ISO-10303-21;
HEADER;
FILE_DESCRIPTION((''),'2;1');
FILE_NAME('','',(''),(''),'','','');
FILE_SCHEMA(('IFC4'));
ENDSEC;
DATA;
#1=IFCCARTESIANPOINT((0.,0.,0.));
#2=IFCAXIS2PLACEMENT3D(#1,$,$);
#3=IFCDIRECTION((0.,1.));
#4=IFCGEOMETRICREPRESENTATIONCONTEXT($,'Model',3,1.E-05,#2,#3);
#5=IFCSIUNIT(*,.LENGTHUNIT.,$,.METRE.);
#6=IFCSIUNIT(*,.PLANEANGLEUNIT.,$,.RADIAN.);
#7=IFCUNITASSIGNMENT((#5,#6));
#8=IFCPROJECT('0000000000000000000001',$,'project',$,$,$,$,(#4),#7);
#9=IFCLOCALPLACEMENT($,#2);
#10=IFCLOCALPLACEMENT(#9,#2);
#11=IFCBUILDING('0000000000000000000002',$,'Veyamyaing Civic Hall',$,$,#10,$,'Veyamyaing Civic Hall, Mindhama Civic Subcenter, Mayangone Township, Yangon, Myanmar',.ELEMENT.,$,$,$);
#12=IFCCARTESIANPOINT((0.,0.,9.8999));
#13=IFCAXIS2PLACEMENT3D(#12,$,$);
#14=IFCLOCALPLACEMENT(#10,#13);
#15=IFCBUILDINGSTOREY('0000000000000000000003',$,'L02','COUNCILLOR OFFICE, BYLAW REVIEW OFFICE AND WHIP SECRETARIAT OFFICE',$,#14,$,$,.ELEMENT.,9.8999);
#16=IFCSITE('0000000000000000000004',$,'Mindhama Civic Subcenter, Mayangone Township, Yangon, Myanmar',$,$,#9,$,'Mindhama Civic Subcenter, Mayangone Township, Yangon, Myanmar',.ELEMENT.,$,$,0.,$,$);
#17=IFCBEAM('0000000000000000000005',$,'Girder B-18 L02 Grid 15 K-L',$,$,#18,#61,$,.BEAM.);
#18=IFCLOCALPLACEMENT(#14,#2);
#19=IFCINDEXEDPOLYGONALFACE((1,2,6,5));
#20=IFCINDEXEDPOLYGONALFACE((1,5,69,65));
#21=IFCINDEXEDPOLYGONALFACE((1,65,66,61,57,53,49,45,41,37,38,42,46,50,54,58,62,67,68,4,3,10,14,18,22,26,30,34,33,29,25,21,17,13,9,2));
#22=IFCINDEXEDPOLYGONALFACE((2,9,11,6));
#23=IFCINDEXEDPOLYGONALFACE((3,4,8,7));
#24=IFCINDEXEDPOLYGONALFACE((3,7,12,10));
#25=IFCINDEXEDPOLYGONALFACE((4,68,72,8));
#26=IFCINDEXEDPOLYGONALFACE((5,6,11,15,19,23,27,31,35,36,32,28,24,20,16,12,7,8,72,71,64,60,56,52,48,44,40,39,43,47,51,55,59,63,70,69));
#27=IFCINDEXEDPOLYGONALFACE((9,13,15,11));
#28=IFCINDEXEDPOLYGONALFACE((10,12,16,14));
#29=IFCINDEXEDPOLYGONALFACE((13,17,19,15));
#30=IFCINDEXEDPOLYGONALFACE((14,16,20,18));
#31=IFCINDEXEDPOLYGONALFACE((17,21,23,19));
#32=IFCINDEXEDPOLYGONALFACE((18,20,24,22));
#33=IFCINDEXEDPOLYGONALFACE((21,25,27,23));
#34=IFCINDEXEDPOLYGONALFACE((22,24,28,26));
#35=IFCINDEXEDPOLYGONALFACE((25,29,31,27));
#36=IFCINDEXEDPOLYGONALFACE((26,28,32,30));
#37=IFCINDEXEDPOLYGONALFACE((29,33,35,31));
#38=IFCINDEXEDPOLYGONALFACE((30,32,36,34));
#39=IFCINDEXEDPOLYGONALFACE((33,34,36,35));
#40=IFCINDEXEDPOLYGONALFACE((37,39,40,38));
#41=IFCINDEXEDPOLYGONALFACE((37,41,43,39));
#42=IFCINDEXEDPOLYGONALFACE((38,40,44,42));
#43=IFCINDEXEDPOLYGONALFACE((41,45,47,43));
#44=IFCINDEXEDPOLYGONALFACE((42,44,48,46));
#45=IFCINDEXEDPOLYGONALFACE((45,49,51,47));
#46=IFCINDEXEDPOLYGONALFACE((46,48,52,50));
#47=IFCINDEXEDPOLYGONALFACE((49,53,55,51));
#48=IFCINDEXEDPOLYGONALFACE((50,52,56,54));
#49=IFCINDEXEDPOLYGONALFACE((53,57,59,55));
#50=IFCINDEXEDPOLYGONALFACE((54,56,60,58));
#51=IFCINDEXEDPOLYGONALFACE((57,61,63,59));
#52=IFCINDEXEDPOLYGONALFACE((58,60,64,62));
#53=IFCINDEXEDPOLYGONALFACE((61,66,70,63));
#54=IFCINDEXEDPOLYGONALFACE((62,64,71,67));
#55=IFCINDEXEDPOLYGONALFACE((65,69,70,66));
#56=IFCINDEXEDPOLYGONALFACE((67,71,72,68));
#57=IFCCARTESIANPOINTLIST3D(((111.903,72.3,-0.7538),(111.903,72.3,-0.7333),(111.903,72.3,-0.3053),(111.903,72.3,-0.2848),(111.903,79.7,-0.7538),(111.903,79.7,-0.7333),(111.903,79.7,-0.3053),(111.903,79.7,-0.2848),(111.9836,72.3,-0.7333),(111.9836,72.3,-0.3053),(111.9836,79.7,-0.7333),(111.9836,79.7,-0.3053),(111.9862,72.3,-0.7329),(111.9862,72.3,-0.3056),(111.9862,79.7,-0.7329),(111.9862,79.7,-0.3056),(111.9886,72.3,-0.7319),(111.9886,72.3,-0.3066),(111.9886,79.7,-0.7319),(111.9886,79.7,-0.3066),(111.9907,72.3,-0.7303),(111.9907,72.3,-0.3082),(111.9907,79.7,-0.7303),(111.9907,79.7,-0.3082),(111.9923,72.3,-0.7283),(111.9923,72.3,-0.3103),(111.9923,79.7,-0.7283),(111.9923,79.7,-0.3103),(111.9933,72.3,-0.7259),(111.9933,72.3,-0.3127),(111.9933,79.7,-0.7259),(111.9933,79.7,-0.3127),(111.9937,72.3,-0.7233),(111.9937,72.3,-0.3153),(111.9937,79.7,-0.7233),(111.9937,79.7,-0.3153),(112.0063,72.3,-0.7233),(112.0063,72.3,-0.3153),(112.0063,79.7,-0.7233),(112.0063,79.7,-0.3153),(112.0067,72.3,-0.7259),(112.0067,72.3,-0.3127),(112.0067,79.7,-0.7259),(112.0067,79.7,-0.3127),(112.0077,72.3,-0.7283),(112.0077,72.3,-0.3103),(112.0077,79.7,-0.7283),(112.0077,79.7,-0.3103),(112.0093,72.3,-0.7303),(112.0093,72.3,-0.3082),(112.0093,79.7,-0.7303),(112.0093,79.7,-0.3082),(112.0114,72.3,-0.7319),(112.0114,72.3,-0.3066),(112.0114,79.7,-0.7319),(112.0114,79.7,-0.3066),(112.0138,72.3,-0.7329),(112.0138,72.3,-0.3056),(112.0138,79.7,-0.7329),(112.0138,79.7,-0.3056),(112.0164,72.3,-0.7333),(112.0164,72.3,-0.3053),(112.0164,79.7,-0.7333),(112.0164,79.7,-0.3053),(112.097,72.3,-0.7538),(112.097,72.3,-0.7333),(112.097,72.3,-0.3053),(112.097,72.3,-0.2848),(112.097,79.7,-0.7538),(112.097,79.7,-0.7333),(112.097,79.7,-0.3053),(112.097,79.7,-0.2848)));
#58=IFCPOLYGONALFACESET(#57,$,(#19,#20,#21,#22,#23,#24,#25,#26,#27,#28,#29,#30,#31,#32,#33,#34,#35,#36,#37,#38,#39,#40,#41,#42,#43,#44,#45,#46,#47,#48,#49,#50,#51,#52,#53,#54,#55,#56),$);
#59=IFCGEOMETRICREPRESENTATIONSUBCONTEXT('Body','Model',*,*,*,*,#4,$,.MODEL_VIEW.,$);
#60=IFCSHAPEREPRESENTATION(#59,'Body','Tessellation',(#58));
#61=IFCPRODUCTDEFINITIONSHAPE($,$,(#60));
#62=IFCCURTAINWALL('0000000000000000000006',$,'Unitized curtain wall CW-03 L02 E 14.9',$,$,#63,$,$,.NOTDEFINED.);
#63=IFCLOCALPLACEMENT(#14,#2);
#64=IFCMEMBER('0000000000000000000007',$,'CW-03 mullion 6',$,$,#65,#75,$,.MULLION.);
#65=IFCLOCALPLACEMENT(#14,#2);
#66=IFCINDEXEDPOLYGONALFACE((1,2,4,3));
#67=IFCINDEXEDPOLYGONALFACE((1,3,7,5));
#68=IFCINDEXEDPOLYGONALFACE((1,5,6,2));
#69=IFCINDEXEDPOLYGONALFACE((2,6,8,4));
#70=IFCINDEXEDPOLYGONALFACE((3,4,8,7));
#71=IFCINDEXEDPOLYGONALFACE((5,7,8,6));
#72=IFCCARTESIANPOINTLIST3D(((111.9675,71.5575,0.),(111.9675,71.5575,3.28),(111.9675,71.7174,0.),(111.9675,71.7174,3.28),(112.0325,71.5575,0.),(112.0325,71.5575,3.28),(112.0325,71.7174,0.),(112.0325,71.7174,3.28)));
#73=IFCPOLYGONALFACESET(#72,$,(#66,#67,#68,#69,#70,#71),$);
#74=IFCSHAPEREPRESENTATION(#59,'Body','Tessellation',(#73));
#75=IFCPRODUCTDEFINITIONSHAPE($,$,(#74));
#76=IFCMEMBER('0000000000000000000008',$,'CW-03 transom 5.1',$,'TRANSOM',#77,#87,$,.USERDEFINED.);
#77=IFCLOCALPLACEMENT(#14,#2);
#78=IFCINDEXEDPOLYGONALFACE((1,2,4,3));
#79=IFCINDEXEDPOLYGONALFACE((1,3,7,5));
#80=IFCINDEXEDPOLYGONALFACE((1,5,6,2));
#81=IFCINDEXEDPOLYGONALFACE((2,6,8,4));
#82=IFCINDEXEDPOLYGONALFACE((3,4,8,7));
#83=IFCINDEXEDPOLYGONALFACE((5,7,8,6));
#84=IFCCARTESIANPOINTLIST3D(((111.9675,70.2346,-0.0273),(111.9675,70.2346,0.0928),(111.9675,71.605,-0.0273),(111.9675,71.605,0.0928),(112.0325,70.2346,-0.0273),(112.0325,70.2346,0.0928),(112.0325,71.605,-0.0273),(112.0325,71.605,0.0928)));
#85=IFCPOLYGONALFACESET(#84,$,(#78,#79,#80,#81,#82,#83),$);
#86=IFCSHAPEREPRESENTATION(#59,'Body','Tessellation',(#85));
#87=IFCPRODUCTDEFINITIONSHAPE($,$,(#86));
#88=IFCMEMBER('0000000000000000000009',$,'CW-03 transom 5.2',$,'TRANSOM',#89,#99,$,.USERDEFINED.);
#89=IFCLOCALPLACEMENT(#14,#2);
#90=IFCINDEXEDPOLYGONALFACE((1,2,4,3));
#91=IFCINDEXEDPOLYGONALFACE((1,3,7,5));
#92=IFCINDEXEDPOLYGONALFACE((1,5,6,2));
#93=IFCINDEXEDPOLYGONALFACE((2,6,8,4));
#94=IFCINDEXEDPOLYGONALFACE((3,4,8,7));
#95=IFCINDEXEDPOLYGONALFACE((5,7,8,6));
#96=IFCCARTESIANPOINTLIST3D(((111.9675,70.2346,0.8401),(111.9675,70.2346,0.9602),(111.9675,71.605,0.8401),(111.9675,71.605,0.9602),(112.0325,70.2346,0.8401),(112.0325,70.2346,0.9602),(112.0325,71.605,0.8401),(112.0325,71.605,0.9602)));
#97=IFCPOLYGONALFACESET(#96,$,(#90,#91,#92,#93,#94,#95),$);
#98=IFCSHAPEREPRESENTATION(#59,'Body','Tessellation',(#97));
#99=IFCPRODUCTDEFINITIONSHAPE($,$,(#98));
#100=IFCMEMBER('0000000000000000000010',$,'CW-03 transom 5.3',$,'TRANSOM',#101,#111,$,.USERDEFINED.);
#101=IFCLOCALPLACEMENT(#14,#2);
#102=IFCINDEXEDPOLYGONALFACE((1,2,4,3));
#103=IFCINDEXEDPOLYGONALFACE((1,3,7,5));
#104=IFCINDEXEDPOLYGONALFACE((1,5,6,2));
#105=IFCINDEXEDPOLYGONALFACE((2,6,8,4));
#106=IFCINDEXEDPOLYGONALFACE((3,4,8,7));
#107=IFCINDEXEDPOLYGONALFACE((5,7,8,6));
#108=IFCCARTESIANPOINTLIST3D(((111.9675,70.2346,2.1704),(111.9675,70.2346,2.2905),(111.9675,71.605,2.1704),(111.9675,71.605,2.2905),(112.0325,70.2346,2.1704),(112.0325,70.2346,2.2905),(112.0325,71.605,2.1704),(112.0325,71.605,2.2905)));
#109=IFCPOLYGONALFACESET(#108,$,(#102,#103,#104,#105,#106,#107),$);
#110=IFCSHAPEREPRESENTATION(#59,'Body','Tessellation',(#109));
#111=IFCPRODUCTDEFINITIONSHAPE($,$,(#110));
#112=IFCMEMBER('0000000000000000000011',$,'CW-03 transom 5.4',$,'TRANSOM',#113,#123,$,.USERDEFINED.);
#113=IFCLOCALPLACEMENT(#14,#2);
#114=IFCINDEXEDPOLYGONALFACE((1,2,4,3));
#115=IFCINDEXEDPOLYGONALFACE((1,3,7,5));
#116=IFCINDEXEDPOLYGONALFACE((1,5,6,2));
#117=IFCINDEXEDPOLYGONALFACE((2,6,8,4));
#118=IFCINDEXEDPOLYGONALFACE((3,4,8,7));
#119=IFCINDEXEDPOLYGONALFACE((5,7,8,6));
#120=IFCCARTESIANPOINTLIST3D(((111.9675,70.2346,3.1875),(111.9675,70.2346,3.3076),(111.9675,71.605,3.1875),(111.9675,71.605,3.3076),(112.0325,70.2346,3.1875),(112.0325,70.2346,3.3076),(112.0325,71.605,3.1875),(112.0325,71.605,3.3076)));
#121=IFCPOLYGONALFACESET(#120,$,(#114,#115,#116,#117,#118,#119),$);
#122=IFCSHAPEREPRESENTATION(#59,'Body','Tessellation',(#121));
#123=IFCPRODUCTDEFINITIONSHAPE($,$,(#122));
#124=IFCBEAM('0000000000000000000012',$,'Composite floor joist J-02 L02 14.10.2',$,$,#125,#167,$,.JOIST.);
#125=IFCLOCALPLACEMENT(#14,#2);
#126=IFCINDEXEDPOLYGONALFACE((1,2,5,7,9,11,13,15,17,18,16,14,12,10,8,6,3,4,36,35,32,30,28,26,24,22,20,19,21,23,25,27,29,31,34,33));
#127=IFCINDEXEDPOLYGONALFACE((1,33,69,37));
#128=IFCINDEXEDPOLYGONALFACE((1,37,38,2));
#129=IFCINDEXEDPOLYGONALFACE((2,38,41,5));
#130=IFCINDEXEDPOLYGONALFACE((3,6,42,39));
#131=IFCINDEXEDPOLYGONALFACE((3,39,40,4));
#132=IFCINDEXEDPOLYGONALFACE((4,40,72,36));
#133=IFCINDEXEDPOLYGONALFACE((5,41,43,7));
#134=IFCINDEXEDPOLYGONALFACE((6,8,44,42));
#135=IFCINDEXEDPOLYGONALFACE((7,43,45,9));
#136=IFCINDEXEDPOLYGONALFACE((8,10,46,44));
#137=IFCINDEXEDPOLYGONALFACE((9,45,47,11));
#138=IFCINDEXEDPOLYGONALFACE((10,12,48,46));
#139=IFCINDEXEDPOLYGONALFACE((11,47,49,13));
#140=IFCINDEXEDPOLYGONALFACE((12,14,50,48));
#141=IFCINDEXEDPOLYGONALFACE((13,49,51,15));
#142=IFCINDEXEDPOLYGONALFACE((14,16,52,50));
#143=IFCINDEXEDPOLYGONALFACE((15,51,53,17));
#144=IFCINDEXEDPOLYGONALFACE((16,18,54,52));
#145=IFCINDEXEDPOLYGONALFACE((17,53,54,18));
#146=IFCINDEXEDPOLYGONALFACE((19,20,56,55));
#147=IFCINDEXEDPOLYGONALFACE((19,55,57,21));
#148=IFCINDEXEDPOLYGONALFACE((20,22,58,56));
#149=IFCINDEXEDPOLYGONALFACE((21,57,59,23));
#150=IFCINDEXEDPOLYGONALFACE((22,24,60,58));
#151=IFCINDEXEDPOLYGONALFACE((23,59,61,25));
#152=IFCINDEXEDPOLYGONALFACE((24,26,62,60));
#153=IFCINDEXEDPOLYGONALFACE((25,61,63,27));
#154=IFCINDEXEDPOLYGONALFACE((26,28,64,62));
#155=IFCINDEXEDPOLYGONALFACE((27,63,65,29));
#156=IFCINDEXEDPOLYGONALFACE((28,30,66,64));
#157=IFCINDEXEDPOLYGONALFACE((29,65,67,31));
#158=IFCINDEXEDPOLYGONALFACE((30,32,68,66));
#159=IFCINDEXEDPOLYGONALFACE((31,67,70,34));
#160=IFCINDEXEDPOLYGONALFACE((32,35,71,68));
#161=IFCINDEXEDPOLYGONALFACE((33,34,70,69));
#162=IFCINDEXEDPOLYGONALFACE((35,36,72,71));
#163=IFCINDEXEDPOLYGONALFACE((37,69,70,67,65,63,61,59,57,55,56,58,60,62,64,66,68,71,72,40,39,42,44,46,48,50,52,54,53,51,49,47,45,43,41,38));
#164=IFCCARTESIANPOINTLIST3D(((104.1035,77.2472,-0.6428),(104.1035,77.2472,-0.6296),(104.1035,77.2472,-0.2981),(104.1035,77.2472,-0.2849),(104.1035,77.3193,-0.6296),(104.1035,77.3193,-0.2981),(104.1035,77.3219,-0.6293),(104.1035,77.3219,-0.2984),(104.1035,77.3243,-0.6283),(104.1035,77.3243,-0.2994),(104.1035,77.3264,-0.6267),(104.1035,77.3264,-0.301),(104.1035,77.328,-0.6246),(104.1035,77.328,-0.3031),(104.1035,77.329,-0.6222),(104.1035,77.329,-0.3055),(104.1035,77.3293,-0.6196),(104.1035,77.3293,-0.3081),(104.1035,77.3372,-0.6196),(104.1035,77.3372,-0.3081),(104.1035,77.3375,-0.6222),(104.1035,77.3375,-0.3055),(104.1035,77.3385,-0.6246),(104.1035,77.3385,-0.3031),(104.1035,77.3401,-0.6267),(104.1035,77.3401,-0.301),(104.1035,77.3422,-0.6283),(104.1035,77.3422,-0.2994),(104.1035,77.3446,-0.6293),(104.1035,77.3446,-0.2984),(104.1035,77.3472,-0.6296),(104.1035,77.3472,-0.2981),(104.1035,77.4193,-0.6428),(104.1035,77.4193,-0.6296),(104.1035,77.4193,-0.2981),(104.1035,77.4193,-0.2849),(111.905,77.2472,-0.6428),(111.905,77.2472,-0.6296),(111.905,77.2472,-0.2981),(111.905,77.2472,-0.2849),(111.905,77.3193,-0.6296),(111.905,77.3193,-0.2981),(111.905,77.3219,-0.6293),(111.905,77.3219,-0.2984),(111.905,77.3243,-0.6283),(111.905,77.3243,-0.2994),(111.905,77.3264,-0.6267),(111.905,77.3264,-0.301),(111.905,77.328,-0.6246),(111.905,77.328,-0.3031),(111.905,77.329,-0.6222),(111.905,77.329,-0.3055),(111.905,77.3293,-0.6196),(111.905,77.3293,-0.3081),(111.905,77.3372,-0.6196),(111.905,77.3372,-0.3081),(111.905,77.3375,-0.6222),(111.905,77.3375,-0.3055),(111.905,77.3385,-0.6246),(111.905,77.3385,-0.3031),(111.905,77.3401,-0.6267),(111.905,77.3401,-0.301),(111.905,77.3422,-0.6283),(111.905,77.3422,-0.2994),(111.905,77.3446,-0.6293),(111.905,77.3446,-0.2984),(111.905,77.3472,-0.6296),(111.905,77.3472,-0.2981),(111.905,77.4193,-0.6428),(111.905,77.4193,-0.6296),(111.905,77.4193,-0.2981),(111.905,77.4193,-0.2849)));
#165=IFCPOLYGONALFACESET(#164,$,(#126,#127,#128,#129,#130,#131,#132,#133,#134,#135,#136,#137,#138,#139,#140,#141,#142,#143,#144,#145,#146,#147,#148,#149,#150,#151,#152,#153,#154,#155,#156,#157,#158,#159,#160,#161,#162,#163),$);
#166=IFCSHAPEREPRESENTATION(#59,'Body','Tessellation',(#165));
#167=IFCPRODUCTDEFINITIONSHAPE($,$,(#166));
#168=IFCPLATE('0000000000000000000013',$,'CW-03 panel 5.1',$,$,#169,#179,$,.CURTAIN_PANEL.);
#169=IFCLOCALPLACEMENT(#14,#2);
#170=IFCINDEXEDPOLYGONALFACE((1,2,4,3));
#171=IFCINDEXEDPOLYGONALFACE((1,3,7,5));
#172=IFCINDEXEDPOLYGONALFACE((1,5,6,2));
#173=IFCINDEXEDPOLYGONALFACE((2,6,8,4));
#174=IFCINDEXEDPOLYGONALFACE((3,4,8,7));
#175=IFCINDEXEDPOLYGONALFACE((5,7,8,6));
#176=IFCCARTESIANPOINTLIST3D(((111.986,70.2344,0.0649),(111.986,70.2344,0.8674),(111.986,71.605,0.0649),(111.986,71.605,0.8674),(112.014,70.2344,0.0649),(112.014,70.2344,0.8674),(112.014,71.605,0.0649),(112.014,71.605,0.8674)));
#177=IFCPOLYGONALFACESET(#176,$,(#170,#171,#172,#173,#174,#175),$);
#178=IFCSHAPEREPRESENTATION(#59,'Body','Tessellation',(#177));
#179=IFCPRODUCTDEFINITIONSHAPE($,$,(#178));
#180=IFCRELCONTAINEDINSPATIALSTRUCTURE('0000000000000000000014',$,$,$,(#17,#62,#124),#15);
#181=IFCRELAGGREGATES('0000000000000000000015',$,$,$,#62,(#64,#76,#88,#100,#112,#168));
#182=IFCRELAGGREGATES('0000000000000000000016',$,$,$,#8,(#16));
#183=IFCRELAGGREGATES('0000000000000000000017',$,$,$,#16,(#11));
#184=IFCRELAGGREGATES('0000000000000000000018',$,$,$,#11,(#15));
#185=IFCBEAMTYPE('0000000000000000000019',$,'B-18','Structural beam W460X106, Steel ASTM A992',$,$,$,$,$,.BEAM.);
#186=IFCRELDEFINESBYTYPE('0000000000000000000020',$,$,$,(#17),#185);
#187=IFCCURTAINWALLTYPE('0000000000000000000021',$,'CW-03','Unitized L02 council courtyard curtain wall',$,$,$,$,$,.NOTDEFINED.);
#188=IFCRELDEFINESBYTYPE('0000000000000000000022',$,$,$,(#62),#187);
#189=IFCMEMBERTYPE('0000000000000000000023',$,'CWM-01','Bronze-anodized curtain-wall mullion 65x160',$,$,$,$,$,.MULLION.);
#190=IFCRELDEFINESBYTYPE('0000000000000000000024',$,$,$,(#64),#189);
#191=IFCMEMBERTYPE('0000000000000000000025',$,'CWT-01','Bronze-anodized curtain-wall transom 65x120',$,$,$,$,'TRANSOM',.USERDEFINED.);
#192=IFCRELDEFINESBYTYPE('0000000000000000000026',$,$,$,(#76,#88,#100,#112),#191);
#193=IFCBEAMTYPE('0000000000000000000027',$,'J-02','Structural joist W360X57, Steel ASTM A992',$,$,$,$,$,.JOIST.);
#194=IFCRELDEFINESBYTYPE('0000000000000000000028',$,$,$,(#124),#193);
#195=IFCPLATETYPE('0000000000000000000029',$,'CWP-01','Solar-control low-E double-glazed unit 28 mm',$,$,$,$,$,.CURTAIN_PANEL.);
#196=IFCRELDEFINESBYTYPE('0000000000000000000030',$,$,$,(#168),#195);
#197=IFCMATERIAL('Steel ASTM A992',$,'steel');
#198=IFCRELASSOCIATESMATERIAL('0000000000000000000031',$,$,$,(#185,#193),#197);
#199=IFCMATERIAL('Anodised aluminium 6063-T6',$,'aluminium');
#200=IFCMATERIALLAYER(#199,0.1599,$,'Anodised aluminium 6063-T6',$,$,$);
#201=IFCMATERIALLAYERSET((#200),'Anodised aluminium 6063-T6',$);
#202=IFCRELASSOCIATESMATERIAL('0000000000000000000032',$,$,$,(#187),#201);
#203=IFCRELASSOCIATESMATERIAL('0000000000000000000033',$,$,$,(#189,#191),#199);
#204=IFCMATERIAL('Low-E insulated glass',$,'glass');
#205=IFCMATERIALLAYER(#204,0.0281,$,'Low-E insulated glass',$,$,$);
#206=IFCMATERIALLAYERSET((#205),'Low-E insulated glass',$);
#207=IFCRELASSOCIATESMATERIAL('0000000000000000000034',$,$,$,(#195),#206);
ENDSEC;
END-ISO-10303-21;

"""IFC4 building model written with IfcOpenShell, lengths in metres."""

from ifc_helpers import new_model, si_unit, direction, frame, origin, origin_2d, place, context, subcontext, project, spatial, rectangle, i_section, extrude, material, layer, layer_set, material_profile, profile_set, type_object, element, aggregate, save


model = new_model("IFC4")

# Units and contexts
model_context = context("Model", 3, precision=1e-05, world=origin(), true_north=direction((0.0, 1.0)))
body_context = subcontext(model_context, "Body", "Model", "MODEL_VIEW")
ifc_project = project(units=[si_unit("LENGTHUNIT", "METRE"), si_unit("PLANEANGLEUNIT", "RADIAN")], contexts=[model_context])

# Site, building, storey
site_placement = place(None, origin())
site = spatial("IfcSite", under=ifc_project, at=site_placement, Name="Mindhama Civic Subcenter, Mayangone Township, Yangon, Myanmar", LongName="Mindhama Civic Subcenter, Mayangone Township, Yangon, Myanmar", CompositionType="ELEMENT", RefElevation=0.0)
building_placement = place(site_placement, origin())
building = spatial("IfcBuilding", under=site, at=building_placement, Name="Veyamyaing Civic Hall", LongName="Veyamyaing Civic Hall, Mindhama Civic Subcenter, Mayangone Township, Yangon, Myanmar", CompositionType="ELEMENT")
storey_placement = place(building_placement, frame((0.0, 0.0, 9.8999)))
storey = spatial("IfcBuildingStorey", under=building, at=storey_placement, Name="L02", Description="COUNCILLOR OFFICE, BYLAW REVIEW OFFICE AND WHIP SECRETARIAT OFFICE", CompositionType="ELEMENT", Elevation=9.8999)

# Beam
ifc_material_1 = material(Name="Steel ASTM A992", Category="steel")
ifc_material_profile_1 = material_profile(ifc_material_1, i_section(OverallWidth=0.1941, OverallDepth=0.469, WebThickness=0.0127, FlangeThickness=0.0205, FilletRadius=0.01, at=origin_2d()), Name="W460X106")
ifc_profile_set_1 = profile_set([ifc_material_profile_1], Name="Steel ASTM A992")
beam_type_1 = type_object("IfcBeamType", Name="B-18", Description="Structural beam W460X106, Steel ASTM A992", PredefinedType="BEAM", material=ifc_profile_set_1)
beam_1_placement = place(storey_placement, frame((112.0, 72.3, -0.5193), z_axis=(0.0, 1.0, 0.0), x_axis=(-1.0, 0.0, 0.0)))
element("IfcBeam", 1, at=beam_1_placement, inside=storey, type_object=beam_type_1, Name="Girder B-18 L02 Grid 15 K-L", PredefinedType="BEAM", context=body_context, shape_type="SweptSolid", body=[
    extrude(i_section(OverallWidth=0.1941, OverallDepth=0.469, WebThickness=0.0127, FlangeThickness=0.0205, FilletRadius=0.01, at=origin_2d()), origin(), (0.0, 0.0, 1.0), 7.3999),
])

# Curtain wall, members
ifc_material_2 = material(Name="Anodised aluminium 6063-T6", Category="aluminium")
ifc_layer_1 = layer(ifc_material_2, 0.1599, Name="Anodised aluminium 6063-T6")
ifc_layer_set_1 = layer_set([ifc_layer_1], Name="Anodised aluminium 6063-T6")
curtain_wall_type = type_object("IfcCurtainWallType", Name="CW-03", Description="Unitized L02 council courtyard curtain wall", PredefinedType="NOTDEFINED", material=ifc_layer_set_1)
curtain_wall_placement = place(storey_placement, origin())
curtain_wall = element("IfcCurtainWall", 2, at=curtain_wall_placement, inside=storey, type_object=curtain_wall_type, Name="Unitized curtain wall CW-03 L02 E 14.9", PredefinedType="NOTDEFINED")
ifc_material_profile_2 = material_profile(ifc_material_2, rectangle(XDim=0.0649, YDim=0.1599, at=origin_2d()), Name="ALU-MUL-65X160")
ifc_profile_set_2 = profile_set([ifc_material_profile_2], Name="Anodised aluminium 6063-T6")
member_type_1 = type_object("IfcMemberType", Name="CWM-01", Description="Bronze-anodized curtain-wall mullion 65x160", PredefinedType="MULLION", material=ifc_profile_set_2)
member_1_placement = place(storey_placement, frame((112.0, 71.6375, 0.0), z_axis=(0.0, 0.0, 1.0), x_axis=(-1.0, 0.0, 0.0)))
member_1 = element("IfcMember", 3, at=member_1_placement, type_object=member_type_1, Name="CW-03 mullion 6", PredefinedType="MULLION", context=body_context, shape_type="SweptSolid", body=[
    extrude(rectangle(XDim=0.0649, YDim=0.1599, at=origin_2d()), origin(), (0.0, 0.0, 1.0), 3.28),
])
ifc_material_profile_3 = material_profile(ifc_material_2, rectangle(XDim=0.0649, YDim=0.1201, at=origin_2d()), Name="ALU-TRN-65X120")
ifc_profile_set_3 = profile_set([ifc_material_profile_3], Name="Anodised aluminium 6063-T6")
member_type_2 = type_object("IfcMemberType", Name="CWT-01", Description="Bronze-anodized curtain-wall transom 65x120", ElementType="TRANSOM", PredefinedType="USERDEFINED", material=ifc_profile_set_3)
member_2_placement = place(storey_placement, frame((112.0, 70.2346, 0.0327), z_axis=(0.0, 1.0, 0.0), x_axis=(-1.0, 0.0, 0.0)))
member_2 = element("IfcMember", 4, at=member_2_placement, type_object=member_type_2, Name="CW-03 transom 5.1", ObjectType="TRANSOM", PredefinedType="USERDEFINED", context=body_context, shape_type="SweptSolid", body=[
    extrude(rectangle(XDim=0.0649, YDim=0.1201, at=origin_2d()), origin(), (0.0, 0.0, 1.0), 1.3704),
])
member_3_placement = place(storey_placement, frame((112.0, 70.2346, 0.9001), z_axis=(0.0, 1.0, 0.0), x_axis=(-1.0, 0.0, 0.0)))
member_3 = element("IfcMember", 5, at=member_3_placement, type_object=member_type_2, Name="CW-03 transom 5.2", ObjectType="TRANSOM", PredefinedType="USERDEFINED", context=body_context, shape_type="SweptSolid", body=[
    extrude(rectangle(XDim=0.0649, YDim=0.1201, at=origin_2d()), origin(), (0.0, 0.0, 1.0), 1.3704),
])
member_4_placement = place(storey_placement, frame((112.0, 70.2346, 2.2305), z_axis=(0.0, 1.0, 0.0), x_axis=(-1.0, 0.0, 0.0)))
member_4 = element("IfcMember", 6, at=member_4_placement, type_object=member_type_2, Name="CW-03 transom 5.3", ObjectType="TRANSOM", PredefinedType="USERDEFINED", context=body_context, shape_type="SweptSolid", body=[
    extrude(rectangle(XDim=0.0649, YDim=0.1201, at=origin_2d()), origin(), (0.0, 0.0, 1.0), 1.3704),
])
member_5_placement = place(storey_placement, frame((112.0, 70.2346, 3.2476), z_axis=(0.0, 1.0, 0.0), x_axis=(-1.0, 0.0, 0.0)))
member_5 = element("IfcMember", 7, at=member_5_placement, type_object=member_type_2, Name="CW-03 transom 5.4", ObjectType="TRANSOM", PredefinedType="USERDEFINED", context=body_context, shape_type="SweptSolid", body=[
    extrude(rectangle(XDim=0.0649, YDim=0.1201, at=origin_2d()), origin(), (0.0, 0.0, 1.0), 1.3704),
])

# Beam
ifc_material_profile_4 = material_profile(ifc_material_1, i_section(OverallWidth=0.1721, OverallDepth=0.3579, WebThickness=0.0078, FlangeThickness=0.0132, FilletRadius=0.01, at=origin_2d()), Name="W360X57")
ifc_profile_set_4 = profile_set([ifc_material_profile_4], Name="Steel ASTM A992")
beam_type_2 = type_object("IfcBeamType", Name="J-02", Description="Structural joist W360X57, Steel ASTM A992", PredefinedType="JOIST", material=ifc_profile_set_4)
beam_2_placement = place(storey_placement, frame((104.1035, 77.3333, -0.4639), z_axis=(1.0, 0.0, 0.0), x_axis=(0.0, 1.0, 0.0)))
element("IfcBeam", 8, at=beam_2_placement, inside=storey, type_object=beam_type_2, Name="Composite floor joist J-02 L02 14.10.2", PredefinedType="JOIST", context=body_context, shape_type="SweptSolid", body=[
    extrude(i_section(OverallWidth=0.1721, OverallDepth=0.3579, WebThickness=0.0078, FlangeThickness=0.0132, FilletRadius=0.01, at=origin_2d()), origin(), (0.0, 0.0, 1.0), 7.8015),
])

# Plate
ifc_material_3 = material(Name="Low-E insulated glass", Category="glass")
ifc_layer_2 = layer(ifc_material_3, 0.0281, Name="Low-E insulated glass")
ifc_layer_set_2 = layer_set([ifc_layer_2], Name="Low-E insulated glass")
plate_type = type_object("IfcPlateType", Name="CWP-01", Description="Solar-control low-E double-glazed unit 28 mm", PredefinedType="CURTAIN_PANEL", material=ifc_layer_set_2)
plate_1_placement = place(storey_placement, frame((112.0, 70.9197, 0.0649), z_axis=(0.0, 0.0, 1.0), x_axis=(0.0, 1.0, 0.0)))
plate_1 = element("IfcPlate", 9, at=plate_1_placement, type_object=plate_type, Name="CW-03 panel 5.1", PredefinedType="CURTAIN_PANEL", context=body_context, shape_type="SweptSolid", body=[
    extrude(rectangle(XDim=1.3706, YDim=0.0281, at=origin_2d()), origin(), (0.0, 0.0, 1.0), 0.8025),
])
aggregate(curtain_wall, [member_1, member_2, member_3, member_4, member_5, plate_1])

save(model, "model.ifc")
